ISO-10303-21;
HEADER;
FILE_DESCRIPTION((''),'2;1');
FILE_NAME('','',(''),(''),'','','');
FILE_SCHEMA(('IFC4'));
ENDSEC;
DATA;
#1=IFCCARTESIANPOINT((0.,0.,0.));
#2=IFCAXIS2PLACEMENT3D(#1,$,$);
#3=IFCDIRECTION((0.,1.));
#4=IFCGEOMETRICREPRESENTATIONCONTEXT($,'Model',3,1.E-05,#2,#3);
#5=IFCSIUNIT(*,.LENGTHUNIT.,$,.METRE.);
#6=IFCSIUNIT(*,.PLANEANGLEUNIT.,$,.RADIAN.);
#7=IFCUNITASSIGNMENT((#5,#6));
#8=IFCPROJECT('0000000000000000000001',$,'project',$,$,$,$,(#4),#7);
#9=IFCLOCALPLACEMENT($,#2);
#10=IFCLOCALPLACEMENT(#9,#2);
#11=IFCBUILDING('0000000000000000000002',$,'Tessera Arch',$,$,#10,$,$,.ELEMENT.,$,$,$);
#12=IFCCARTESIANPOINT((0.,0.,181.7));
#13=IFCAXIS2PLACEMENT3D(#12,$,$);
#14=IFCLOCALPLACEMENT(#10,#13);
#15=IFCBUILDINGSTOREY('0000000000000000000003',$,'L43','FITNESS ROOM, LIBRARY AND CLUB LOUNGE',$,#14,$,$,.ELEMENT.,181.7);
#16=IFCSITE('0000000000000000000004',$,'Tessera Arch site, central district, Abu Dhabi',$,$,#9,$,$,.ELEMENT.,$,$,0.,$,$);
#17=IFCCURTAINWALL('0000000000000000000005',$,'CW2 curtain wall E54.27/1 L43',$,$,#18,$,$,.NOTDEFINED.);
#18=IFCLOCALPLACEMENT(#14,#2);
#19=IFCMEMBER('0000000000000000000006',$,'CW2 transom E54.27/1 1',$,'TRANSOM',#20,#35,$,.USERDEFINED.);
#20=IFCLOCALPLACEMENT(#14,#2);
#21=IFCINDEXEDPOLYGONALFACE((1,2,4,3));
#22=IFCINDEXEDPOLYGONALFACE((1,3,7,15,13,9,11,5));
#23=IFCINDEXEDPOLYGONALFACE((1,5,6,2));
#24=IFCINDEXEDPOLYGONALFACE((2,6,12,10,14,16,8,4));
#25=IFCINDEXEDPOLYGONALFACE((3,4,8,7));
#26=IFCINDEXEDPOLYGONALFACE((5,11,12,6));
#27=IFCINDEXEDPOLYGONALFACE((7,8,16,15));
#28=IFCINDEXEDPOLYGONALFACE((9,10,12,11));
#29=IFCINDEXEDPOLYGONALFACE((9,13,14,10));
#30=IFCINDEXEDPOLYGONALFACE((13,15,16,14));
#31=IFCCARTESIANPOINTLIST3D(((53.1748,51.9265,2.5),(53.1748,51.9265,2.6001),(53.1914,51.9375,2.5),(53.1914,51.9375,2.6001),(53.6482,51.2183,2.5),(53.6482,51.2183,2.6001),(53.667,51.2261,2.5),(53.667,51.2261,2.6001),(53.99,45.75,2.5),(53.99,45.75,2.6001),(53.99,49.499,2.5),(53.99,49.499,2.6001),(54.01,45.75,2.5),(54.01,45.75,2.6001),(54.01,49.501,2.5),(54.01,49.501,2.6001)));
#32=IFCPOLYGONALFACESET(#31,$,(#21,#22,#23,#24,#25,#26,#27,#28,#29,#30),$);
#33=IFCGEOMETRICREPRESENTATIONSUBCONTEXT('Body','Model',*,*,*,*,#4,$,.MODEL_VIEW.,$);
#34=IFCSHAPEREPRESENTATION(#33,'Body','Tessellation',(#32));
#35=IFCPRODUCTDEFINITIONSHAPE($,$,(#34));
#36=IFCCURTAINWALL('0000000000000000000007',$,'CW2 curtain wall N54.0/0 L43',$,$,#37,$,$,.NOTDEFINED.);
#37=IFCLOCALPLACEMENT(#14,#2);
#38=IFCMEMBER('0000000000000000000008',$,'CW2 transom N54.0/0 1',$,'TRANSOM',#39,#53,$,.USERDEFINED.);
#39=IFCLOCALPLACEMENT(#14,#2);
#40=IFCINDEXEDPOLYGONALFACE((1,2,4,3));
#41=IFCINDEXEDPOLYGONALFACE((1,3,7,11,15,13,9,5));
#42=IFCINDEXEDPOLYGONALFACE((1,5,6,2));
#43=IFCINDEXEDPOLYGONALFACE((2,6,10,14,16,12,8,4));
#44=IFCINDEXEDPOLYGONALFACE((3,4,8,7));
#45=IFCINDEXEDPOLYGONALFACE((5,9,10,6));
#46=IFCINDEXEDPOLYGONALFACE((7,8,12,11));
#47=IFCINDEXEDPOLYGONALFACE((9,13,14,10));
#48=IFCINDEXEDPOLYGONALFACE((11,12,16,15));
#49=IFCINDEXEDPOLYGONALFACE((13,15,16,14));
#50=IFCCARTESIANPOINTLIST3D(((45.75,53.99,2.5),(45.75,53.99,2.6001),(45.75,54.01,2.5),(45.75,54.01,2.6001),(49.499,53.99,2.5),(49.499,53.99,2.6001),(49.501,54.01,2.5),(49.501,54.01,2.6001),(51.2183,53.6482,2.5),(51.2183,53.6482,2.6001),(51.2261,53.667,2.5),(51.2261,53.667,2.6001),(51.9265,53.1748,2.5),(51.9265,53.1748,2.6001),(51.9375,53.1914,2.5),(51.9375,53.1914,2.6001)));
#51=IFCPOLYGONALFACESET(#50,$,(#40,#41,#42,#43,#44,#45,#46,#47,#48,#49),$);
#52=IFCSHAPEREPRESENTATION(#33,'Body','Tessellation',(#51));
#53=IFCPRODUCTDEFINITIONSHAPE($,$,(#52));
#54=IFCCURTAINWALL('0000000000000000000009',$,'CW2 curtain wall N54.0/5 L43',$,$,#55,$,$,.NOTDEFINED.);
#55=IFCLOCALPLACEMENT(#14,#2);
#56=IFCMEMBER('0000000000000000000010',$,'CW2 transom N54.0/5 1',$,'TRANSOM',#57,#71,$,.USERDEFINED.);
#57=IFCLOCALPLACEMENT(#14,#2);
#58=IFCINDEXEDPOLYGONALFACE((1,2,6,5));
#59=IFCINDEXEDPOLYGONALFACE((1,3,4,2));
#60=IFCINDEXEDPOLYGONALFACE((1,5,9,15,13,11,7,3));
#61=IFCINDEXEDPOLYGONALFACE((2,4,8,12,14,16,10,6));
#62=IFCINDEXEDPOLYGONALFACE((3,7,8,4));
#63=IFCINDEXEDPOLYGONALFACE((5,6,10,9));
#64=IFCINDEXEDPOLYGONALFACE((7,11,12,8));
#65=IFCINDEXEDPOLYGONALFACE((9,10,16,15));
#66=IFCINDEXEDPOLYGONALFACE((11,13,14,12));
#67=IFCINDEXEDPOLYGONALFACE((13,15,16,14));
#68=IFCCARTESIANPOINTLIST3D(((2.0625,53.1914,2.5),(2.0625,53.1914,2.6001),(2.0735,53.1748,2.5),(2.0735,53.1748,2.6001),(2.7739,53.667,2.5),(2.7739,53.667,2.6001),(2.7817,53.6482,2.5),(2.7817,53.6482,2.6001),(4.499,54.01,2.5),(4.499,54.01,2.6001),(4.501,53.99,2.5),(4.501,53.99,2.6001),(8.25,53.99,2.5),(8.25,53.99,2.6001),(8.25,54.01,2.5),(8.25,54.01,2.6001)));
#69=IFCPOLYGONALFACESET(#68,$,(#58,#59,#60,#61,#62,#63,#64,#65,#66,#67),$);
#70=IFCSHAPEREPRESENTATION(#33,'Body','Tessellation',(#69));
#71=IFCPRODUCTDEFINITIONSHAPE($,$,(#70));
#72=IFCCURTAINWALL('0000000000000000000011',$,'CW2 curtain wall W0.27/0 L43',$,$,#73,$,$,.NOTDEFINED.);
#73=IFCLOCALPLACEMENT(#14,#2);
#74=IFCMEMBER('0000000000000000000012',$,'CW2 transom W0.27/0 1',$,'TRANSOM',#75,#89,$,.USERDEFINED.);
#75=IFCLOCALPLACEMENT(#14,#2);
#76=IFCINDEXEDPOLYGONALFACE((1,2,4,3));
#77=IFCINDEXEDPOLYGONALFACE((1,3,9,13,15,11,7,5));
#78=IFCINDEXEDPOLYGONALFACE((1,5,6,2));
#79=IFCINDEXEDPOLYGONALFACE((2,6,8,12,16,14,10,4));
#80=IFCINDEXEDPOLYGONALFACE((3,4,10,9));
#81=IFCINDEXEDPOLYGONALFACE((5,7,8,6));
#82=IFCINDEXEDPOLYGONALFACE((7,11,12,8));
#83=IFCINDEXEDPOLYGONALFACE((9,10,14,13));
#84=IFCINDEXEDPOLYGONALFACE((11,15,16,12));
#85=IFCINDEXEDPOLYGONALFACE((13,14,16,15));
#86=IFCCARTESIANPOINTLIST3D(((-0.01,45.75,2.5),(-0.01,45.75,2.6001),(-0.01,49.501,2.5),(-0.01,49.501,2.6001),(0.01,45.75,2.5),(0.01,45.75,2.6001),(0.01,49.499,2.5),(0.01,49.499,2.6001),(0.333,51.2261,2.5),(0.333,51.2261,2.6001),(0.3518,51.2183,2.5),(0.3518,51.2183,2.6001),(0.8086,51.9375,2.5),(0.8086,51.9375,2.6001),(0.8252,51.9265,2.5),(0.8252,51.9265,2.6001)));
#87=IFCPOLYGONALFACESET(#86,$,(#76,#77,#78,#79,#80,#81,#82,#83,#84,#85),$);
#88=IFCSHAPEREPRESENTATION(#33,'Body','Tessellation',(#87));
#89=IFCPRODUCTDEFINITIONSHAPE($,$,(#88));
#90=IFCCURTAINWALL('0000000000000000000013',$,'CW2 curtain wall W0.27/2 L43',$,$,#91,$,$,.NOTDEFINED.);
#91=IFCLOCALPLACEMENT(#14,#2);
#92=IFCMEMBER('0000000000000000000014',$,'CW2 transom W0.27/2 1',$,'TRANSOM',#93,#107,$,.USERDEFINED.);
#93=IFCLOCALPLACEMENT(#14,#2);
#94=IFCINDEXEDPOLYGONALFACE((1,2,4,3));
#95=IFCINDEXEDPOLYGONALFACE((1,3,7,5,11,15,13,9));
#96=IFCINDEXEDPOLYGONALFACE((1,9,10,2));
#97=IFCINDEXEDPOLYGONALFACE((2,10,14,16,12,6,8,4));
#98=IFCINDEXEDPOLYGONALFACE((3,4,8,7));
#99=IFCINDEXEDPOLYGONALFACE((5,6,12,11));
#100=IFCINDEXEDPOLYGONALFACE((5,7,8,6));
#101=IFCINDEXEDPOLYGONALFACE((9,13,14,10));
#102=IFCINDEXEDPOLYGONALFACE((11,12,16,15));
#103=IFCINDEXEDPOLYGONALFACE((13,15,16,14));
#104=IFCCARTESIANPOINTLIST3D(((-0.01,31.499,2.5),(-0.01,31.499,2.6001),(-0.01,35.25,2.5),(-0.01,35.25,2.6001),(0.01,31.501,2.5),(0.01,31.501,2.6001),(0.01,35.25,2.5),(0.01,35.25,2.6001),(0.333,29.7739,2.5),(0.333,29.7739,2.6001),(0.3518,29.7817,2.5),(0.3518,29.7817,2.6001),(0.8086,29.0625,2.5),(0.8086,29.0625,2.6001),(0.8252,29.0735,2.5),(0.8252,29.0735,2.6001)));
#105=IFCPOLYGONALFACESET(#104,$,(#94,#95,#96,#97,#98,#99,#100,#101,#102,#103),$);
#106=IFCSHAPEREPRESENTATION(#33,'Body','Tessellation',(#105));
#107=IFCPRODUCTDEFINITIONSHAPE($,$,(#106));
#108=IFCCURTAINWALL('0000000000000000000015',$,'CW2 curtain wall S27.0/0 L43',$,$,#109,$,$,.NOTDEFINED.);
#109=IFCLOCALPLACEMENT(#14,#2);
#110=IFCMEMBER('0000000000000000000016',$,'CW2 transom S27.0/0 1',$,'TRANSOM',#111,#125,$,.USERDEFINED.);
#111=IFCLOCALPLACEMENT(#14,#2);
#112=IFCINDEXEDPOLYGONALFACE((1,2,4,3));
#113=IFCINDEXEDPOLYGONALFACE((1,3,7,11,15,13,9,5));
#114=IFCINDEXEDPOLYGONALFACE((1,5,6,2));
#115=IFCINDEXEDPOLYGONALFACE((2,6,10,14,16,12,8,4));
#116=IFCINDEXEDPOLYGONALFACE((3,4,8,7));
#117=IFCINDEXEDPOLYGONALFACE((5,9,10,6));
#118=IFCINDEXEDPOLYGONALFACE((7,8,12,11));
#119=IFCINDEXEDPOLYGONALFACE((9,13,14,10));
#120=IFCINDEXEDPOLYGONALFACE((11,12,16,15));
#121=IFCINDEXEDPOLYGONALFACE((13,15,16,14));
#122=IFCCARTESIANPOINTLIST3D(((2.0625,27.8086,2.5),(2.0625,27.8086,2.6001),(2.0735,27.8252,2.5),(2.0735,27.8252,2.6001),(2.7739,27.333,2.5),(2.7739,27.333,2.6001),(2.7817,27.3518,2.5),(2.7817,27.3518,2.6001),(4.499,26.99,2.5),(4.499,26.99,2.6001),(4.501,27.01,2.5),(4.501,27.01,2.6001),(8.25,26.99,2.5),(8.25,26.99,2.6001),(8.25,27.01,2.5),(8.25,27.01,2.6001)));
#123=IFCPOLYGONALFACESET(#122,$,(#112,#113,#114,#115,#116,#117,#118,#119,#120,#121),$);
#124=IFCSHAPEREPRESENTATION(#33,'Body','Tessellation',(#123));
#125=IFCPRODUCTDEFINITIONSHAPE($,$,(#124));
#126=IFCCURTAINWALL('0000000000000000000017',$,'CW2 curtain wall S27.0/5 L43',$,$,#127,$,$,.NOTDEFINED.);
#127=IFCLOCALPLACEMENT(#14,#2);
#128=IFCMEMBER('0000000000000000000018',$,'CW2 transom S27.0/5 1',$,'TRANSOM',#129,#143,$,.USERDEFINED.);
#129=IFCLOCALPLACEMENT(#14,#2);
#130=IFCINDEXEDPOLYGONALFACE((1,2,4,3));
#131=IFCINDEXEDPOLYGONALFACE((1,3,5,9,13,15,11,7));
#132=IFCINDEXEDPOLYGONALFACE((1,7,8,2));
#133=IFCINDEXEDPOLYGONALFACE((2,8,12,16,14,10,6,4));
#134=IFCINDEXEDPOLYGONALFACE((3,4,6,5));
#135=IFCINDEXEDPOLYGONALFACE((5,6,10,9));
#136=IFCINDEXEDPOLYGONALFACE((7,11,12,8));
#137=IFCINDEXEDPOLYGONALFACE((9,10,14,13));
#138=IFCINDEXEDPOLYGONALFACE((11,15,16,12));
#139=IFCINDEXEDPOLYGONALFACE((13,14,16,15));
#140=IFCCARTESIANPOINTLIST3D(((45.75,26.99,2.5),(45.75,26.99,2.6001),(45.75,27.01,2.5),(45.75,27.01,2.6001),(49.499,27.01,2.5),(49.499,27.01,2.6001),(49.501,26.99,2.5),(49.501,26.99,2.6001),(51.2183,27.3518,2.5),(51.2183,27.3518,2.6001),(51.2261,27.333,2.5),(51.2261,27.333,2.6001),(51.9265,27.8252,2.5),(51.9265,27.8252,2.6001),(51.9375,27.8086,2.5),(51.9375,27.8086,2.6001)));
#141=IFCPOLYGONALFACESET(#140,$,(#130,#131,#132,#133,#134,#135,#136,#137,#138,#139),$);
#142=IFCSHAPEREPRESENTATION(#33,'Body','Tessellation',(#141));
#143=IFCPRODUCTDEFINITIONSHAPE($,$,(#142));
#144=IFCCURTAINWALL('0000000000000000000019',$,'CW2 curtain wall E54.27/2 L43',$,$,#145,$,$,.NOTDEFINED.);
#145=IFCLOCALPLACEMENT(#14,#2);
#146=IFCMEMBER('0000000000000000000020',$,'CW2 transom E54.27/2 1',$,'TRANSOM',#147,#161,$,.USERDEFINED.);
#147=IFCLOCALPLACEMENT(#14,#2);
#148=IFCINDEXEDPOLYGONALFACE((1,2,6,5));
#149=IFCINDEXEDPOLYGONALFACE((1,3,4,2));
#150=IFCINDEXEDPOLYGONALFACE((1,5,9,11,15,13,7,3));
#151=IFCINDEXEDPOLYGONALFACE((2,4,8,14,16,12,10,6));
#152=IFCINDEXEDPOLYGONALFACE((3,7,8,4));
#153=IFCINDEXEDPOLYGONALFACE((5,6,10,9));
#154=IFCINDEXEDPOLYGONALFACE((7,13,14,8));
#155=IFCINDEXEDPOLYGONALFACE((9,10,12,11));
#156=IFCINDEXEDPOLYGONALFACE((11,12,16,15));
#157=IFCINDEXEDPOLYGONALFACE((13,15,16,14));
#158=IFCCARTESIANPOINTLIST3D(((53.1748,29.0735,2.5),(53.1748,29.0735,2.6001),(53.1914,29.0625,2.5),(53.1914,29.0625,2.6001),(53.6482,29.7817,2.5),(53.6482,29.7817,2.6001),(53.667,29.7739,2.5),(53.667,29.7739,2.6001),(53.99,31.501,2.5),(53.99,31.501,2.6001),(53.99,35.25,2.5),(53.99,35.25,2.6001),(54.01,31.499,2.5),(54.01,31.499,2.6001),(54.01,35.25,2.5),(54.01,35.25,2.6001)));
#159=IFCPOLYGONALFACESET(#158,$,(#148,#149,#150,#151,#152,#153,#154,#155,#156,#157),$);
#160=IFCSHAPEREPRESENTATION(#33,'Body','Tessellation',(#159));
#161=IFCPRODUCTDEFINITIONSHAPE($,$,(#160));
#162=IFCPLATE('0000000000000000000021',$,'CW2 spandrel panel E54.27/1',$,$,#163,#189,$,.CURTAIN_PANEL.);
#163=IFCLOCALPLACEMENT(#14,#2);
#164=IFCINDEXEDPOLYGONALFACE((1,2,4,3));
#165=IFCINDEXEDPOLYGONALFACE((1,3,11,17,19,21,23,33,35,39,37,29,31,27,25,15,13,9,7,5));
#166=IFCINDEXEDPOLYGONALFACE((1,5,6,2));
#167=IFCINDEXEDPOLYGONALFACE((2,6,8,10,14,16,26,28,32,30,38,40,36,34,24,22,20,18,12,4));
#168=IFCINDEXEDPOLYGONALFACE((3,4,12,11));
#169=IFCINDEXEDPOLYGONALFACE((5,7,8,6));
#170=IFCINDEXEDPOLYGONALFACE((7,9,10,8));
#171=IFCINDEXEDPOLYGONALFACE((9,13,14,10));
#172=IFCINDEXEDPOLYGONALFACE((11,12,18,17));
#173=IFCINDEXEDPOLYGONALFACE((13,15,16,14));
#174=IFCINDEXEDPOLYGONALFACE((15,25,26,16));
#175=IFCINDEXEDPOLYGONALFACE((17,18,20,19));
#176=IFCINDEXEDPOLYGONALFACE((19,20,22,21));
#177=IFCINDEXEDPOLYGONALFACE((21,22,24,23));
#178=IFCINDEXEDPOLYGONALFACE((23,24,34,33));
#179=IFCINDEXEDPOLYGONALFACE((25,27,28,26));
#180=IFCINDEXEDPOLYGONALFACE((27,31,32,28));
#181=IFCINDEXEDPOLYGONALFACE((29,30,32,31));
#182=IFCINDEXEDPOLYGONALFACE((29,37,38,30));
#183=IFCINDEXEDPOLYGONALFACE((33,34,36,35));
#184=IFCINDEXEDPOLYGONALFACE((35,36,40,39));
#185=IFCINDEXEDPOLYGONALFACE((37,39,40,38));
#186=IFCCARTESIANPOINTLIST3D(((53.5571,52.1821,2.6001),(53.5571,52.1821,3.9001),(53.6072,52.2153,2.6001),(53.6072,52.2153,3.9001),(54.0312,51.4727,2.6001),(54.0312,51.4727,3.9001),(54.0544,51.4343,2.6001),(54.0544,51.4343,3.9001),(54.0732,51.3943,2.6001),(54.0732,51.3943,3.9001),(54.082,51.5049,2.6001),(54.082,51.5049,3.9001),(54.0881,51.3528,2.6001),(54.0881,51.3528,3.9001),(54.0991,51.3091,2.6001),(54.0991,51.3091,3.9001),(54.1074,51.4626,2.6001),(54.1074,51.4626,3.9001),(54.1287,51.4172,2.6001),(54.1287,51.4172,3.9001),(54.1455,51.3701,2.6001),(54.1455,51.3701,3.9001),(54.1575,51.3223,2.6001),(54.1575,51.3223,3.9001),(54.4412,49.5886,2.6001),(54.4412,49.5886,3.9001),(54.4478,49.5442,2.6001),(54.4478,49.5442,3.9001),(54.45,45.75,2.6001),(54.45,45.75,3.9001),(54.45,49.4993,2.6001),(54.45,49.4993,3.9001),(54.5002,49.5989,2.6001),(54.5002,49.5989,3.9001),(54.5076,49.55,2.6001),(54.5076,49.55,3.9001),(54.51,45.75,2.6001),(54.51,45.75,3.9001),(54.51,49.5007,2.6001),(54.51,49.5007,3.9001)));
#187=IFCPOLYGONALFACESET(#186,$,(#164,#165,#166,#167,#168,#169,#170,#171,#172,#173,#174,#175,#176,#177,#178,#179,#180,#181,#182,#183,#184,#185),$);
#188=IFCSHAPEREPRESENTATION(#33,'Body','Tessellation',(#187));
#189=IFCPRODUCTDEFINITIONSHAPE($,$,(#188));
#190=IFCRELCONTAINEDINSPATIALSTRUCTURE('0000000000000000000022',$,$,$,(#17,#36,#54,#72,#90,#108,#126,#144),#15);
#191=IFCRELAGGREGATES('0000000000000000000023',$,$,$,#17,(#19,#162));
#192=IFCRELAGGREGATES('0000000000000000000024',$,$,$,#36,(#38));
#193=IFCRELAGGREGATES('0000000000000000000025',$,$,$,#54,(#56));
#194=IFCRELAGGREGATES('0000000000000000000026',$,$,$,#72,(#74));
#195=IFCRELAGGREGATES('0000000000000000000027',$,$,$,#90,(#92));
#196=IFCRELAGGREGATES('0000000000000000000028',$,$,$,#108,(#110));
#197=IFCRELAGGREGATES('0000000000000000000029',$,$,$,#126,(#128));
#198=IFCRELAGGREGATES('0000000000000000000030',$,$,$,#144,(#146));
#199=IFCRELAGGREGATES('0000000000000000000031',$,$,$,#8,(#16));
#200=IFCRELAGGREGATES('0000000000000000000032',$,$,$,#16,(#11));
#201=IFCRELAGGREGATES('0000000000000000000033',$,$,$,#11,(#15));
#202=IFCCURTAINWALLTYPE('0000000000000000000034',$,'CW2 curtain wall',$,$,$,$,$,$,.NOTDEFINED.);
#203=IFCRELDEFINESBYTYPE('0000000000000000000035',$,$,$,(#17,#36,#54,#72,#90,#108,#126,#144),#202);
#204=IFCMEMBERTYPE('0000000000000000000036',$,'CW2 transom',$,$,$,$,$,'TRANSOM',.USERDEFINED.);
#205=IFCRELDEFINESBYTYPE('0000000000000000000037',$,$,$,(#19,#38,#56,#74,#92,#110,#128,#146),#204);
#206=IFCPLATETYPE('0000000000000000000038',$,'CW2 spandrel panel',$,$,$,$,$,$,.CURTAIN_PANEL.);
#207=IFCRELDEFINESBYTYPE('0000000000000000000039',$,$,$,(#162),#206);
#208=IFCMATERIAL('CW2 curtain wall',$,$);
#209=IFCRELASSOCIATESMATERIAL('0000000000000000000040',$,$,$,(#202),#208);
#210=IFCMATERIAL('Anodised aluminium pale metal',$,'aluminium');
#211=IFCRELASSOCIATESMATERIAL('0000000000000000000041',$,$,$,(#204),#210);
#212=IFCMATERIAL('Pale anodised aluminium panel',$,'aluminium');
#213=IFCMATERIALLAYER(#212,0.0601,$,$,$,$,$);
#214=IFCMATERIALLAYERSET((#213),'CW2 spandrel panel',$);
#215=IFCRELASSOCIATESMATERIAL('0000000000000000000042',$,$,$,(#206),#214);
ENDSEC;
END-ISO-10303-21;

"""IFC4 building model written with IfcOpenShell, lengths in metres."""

from ifc_helpers import new_model, si_unit, direction, frame, origin, origin_2d, place, context, subcontext, project, spatial, polyline, rectangle, outline, extrude, material, layer, layer_set, material_profile, profile_set, type_object, element, aggregate, save


model = new_model("IFC4")

# Units and contexts
model_context = context("Model", 3, precision=1e-05, world=origin(), true_north=direction((0.0, 1.0)))
body_context = subcontext(model_context, "Body", "Model", "MODEL_VIEW")
ifc_project = project(units=[si_unit("LENGTHUNIT", "METRE"), si_unit("PLANEANGLEUNIT", "RADIAN")], contexts=[model_context])

# Site, building, storey
site_placement = place(None, origin())
site = spatial("IfcSite", under=ifc_project, at=site_placement, Name="Tessera Arch site, central district, Abu Dhabi", CompositionType="ELEMENT", RefElevation=0.0)
building_placement = place(site_placement, origin())
building = spatial("IfcBuilding", under=site, at=building_placement, Name="Tessera Arch", CompositionType="ELEMENT")
storey_placement = place(building_placement, frame((0.0, 0.0, 181.7)))
storey = spatial("IfcBuildingStorey", under=building, at=storey_placement, Name="L43", Description="FITNESS ROOM, LIBRARY AND CLUB LOUNGE", CompositionType="ELEMENT", Elevation=181.7)

# Curtain walls, members
ifc_material_1 = material(Name="CW2 curtain wall")
curtain_wall_type = type_object("IfcCurtainWallType", Name="CW2 curtain wall", PredefinedType="NOTDEFINED", material=ifc_material_1)
curtain_wall_1_placement = place(storey_placement, origin())
curtain_wall_1 = element("IfcCurtainWall", 1, at=curtain_wall_1_placement, inside=storey, type_object=curtain_wall_type, Name="CW2 curtain wall E54.27/1 L43", PredefinedType="NOTDEFINED")
ifc_material_2 = material(Name="Anodised aluminium pale metal", Category="aluminium")
ifc_material_profile = material_profile(ifc_material_2, rectangle(XDim=0.2, YDim=0.1001, at=origin_2d()), Name="AL 200x100")
ifc_profile_set = profile_set([ifc_material_profile], Name="Anodised aluminium pale metal")
member_type = type_object("IfcMemberType", Name="CW2 transom", ElementType="TRANSOM", PredefinedType="USERDEFINED", material=ifc_profile_set)
member_1_placement = place(storey_placement, frame((0.0, 0.0, 2.5)))
member_1 = element("IfcMember", 2, at=member_1_placement, type_object=member_type, Name="CW2 transom E54.27/1 1", ObjectType="TRANSOM", PredefinedType="USERDEFINED", context=body_context, shape_type="SweptSolid", body=[
    extrude(outline(polyline([(53.99, 49.499), (53.99, 45.75), (54.01, 45.75), (54.01, 49.501), (53.667, 51.2261), (53.1914, 51.9375), (53.1748, 51.9265), (53.6482, 51.2183), (53.99, 49.499)])), origin(), (0.0, 0.0, 1.0), 0.1001),
])
curtain_wall_2_placement = place(storey_placement, origin())
curtain_wall_2 = element("IfcCurtainWall", 3, at=curtain_wall_2_placement, inside=storey, type_object=curtain_wall_type, Name="CW2 curtain wall N54.0/0 L43", PredefinedType="NOTDEFINED")
member_2_placement = place(storey_placement, frame((0.0, 0.0, 2.5)))
member_2 = element("IfcMember", 4, at=member_2_placement, type_object=member_type, Name="CW2 transom N54.0/0 1", ObjectType="TRANSOM", PredefinedType="USERDEFINED", context=body_context, shape_type="SweptSolid", body=[
    extrude(outline(polyline([(51.2183, 53.6482), (51.9265, 53.1748), (51.9375, 53.1914), (51.2261, 53.667), (49.501, 54.01), (45.75, 54.01), (45.75, 53.99), (49.499, 53.99), (51.2183, 53.6482)])), origin(), (0.0, 0.0, 1.0), 0.1001),
])
curtain_wall_3_placement = place(storey_placement, origin())
curtain_wall_3 = element("IfcCurtainWall", 5, at=curtain_wall_3_placement, inside=storey, type_object=curtain_wall_type, Name="CW2 curtain wall N54.0/5 L43", PredefinedType="NOTDEFINED")
member_3_placement = place(storey_placement, frame((0.0, 0.0, 2.5)))
member_3 = element("IfcMember", 6, at=member_3_placement, type_object=member_type, Name="CW2 transom N54.0/5 1", ObjectType="TRANSOM", PredefinedType="USERDEFINED", context=body_context, shape_type="SweptSolid", body=[
    extrude(outline(polyline([(4.501, 53.99), (8.25, 53.99), (8.25, 54.01), (4.499, 54.01), (2.7739, 53.667), (2.0625, 53.1914), (2.0735, 53.1748), (2.7817, 53.6482), (4.501, 53.99)])), origin(), (0.0, 0.0, 1.0), 0.1001),
])
curtain_wall_4_placement = place(storey_placement, origin())
curtain_wall_4 = element("IfcCurtainWall", 7, at=curtain_wall_4_placement, inside=storey, type_object=curtain_wall_type, Name="CW2 curtain wall W0.27/0 L43", PredefinedType="NOTDEFINED")
member_4_placement = place(storey_placement, frame((0.0, 0.0, 2.5)))
member_4 = element("IfcMember", 8, at=member_4_placement, type_object=member_type, Name="CW2 transom W0.27/0 1", ObjectType="TRANSOM", PredefinedType="USERDEFINED", context=body_context, shape_type="SweptSolid", body=[
    extrude(outline(polyline([(0.3518, 51.2183), (0.8252, 51.9265), (0.8086, 51.9375), (0.333, 51.2261), (-0.01, 49.501), (-0.01, 45.75), (0.01, 45.75), (0.01, 49.499), (0.3518, 51.2183)])), origin(), (0.0, 0.0, 1.0), 0.1001),
])
curtain_wall_5_placement = place(storey_placement, origin())
curtain_wall_5 = element("IfcCurtainWall", 9, at=curtain_wall_5_placement, inside=storey, type_object=curtain_wall_type, Name="CW2 curtain wall W0.27/2 L43", PredefinedType="NOTDEFINED")
member_5_placement = place(storey_placement, frame((0.0, 0.0, 2.5)))
member_5 = element("IfcMember", 10, at=member_5_placement, type_object=member_type, Name="CW2 transom W0.27/2 1", ObjectType="TRANSOM", PredefinedType="USERDEFINED", context=body_context, shape_type="SweptSolid", body=[
    extrude(outline(polyline([(0.01, 31.501), (0.01, 35.25), (-0.01, 35.25), (-0.01, 31.499), (0.333, 29.7739), (0.8086, 29.0625), (0.8252, 29.0735), (0.3518, 29.7817), (0.01, 31.501)])), origin(), (0.0, 0.0, 1.0), 0.1001),
])
curtain_wall_6_placement = place(storey_placement, origin())
curtain_wall_6 = element("IfcCurtainWall", 11, at=curtain_wall_6_placement, inside=storey, type_object=curtain_wall_type, Name="CW2 curtain wall S27.0/0 L43", PredefinedType="NOTDEFINED")
member_6_placement = place(storey_placement, frame((0.0, 0.0, 2.5)))
member_6 = element("IfcMember", 12, at=member_6_placement, type_object=member_type, Name="CW2 transom S27.0/0 1", ObjectType="TRANSOM", PredefinedType="USERDEFINED", context=body_context, shape_type="SweptSolid", body=[
    extrude(outline(polyline([(2.7817, 27.3518), (2.0735, 27.8252), (2.0625, 27.8086), (2.7739, 27.333), (4.499, 26.99), (8.25, 26.99), (8.25, 27.01), (4.501, 27.01), (2.7817, 27.3518)])), origin(), (0.0, 0.0, 1.0), 0.1001),
])
curtain_wall_7_placement = place(storey_placement, origin())
curtain_wall_7 = element("IfcCurtainWall", 13, at=curtain_wall_7_placement, inside=storey, type_object=curtain_wall_type, Name="CW2 curtain wall S27.0/5 L43", PredefinedType="NOTDEFINED")
member_7_placement = place(storey_placement, frame((0.0, 0.0, 2.5)))
member_7 = element("IfcMember", 14, at=member_7_placement, type_object=member_type, Name="CW2 transom S27.0/5 1", ObjectType="TRANSOM", PredefinedType="USERDEFINED", context=body_context, shape_type="SweptSolid", body=[
    extrude(outline(polyline([(49.499, 27.01), (45.75, 27.01), (45.75, 26.99), (49.501, 26.99), (51.2261, 27.333), (51.9375, 27.8086), (51.9265, 27.8252), (51.2183, 27.3518), (49.499, 27.01)])), origin(), (0.0, 0.0, 1.0), 0.1001),
])
curtain_wall_8_placement = place(storey_placement, origin())
curtain_wall_8 = element("IfcCurtainWall", 15, at=curtain_wall_8_placement, inside=storey, type_object=curtain_wall_type, Name="CW2 curtain wall E54.27/2 L43", PredefinedType="NOTDEFINED")
member_8_placement = place(storey_placement, frame((0.0, 0.0, 2.5)))
member_8 = element("IfcMember", 16, at=member_8_placement, type_object=member_type, Name="CW2 transom E54.27/2 1", ObjectType="TRANSOM", PredefinedType="USERDEFINED", context=body_context, shape_type="SweptSolid", body=[
    extrude(outline(polyline([(53.6482, 29.7817), (53.1748, 29.0735), (53.1914, 29.0625), (53.667, 29.7739), (54.01, 31.499), (54.01, 35.25), (53.99, 35.25), (53.99, 31.501), (53.6482, 29.7817)])), origin(), (0.0, 0.0, 1.0), 0.1001),
])

# Plate
ifc_material_3 = material(Name="Pale anodised aluminium panel", Category="aluminium")
ifc_layer_1 = layer(ifc_material_3, 0.0601)
ifc_layer_set_1 = layer_set([ifc_layer_1], Name="CW2 spandrel panel")
plate_type = type_object("IfcPlateType", Name="CW2 spandrel panel", PredefinedType="CURTAIN_PANEL", material=ifc_layer_set_1)
plate_1_placement = place(storey_placement, frame((0.0, 0.0, 2.6001)))
plate_1 = element("IfcPlate", 17, at=plate_1_placement, type_object=plate_type, Name="CW2 spandrel panel E54.27/1", PredefinedType="CURTAIN_PANEL", context=body_context, shape_type="SweptSolid", body=[
    extrude(outline(polyline([(54.45, 49.4993), (54.45, 45.75), (54.51, 45.75), (54.51, 49.5007), (54.5076, 49.55), (54.5002, 49.5989), (54.1575, 51.3223), (54.1455, 51.3701), (54.1287, 51.4172), (54.1074, 51.4626), (54.082, 51.5049), (53.6072, 52.2153), (53.5571, 52.1821), (54.0312, 51.4727), (54.0544, 51.4343), (54.0732, 51.3943), (54.0881, 51.3528), (54.0991, 51.3091), (54.4412, 49.5886), (54.4478, 49.5442), (54.45, 49.4993)])), origin(), (0.0, 0.0, 1.0), 1.3),
])
aggregate(curtain_wall_1, [member_1, plate_1])
aggregate(curtain_wall_2, [member_2])
aggregate(curtain_wall_3, [member_3])
aggregate(curtain_wall_4, [member_4])
aggregate(curtain_wall_5, [member_5])
aggregate(curtain_wall_6, [member_6])
aggregate(curtain_wall_7, [member_7])
aggregate(curtain_wall_8, [member_8])

save(model, "model.ifc")
